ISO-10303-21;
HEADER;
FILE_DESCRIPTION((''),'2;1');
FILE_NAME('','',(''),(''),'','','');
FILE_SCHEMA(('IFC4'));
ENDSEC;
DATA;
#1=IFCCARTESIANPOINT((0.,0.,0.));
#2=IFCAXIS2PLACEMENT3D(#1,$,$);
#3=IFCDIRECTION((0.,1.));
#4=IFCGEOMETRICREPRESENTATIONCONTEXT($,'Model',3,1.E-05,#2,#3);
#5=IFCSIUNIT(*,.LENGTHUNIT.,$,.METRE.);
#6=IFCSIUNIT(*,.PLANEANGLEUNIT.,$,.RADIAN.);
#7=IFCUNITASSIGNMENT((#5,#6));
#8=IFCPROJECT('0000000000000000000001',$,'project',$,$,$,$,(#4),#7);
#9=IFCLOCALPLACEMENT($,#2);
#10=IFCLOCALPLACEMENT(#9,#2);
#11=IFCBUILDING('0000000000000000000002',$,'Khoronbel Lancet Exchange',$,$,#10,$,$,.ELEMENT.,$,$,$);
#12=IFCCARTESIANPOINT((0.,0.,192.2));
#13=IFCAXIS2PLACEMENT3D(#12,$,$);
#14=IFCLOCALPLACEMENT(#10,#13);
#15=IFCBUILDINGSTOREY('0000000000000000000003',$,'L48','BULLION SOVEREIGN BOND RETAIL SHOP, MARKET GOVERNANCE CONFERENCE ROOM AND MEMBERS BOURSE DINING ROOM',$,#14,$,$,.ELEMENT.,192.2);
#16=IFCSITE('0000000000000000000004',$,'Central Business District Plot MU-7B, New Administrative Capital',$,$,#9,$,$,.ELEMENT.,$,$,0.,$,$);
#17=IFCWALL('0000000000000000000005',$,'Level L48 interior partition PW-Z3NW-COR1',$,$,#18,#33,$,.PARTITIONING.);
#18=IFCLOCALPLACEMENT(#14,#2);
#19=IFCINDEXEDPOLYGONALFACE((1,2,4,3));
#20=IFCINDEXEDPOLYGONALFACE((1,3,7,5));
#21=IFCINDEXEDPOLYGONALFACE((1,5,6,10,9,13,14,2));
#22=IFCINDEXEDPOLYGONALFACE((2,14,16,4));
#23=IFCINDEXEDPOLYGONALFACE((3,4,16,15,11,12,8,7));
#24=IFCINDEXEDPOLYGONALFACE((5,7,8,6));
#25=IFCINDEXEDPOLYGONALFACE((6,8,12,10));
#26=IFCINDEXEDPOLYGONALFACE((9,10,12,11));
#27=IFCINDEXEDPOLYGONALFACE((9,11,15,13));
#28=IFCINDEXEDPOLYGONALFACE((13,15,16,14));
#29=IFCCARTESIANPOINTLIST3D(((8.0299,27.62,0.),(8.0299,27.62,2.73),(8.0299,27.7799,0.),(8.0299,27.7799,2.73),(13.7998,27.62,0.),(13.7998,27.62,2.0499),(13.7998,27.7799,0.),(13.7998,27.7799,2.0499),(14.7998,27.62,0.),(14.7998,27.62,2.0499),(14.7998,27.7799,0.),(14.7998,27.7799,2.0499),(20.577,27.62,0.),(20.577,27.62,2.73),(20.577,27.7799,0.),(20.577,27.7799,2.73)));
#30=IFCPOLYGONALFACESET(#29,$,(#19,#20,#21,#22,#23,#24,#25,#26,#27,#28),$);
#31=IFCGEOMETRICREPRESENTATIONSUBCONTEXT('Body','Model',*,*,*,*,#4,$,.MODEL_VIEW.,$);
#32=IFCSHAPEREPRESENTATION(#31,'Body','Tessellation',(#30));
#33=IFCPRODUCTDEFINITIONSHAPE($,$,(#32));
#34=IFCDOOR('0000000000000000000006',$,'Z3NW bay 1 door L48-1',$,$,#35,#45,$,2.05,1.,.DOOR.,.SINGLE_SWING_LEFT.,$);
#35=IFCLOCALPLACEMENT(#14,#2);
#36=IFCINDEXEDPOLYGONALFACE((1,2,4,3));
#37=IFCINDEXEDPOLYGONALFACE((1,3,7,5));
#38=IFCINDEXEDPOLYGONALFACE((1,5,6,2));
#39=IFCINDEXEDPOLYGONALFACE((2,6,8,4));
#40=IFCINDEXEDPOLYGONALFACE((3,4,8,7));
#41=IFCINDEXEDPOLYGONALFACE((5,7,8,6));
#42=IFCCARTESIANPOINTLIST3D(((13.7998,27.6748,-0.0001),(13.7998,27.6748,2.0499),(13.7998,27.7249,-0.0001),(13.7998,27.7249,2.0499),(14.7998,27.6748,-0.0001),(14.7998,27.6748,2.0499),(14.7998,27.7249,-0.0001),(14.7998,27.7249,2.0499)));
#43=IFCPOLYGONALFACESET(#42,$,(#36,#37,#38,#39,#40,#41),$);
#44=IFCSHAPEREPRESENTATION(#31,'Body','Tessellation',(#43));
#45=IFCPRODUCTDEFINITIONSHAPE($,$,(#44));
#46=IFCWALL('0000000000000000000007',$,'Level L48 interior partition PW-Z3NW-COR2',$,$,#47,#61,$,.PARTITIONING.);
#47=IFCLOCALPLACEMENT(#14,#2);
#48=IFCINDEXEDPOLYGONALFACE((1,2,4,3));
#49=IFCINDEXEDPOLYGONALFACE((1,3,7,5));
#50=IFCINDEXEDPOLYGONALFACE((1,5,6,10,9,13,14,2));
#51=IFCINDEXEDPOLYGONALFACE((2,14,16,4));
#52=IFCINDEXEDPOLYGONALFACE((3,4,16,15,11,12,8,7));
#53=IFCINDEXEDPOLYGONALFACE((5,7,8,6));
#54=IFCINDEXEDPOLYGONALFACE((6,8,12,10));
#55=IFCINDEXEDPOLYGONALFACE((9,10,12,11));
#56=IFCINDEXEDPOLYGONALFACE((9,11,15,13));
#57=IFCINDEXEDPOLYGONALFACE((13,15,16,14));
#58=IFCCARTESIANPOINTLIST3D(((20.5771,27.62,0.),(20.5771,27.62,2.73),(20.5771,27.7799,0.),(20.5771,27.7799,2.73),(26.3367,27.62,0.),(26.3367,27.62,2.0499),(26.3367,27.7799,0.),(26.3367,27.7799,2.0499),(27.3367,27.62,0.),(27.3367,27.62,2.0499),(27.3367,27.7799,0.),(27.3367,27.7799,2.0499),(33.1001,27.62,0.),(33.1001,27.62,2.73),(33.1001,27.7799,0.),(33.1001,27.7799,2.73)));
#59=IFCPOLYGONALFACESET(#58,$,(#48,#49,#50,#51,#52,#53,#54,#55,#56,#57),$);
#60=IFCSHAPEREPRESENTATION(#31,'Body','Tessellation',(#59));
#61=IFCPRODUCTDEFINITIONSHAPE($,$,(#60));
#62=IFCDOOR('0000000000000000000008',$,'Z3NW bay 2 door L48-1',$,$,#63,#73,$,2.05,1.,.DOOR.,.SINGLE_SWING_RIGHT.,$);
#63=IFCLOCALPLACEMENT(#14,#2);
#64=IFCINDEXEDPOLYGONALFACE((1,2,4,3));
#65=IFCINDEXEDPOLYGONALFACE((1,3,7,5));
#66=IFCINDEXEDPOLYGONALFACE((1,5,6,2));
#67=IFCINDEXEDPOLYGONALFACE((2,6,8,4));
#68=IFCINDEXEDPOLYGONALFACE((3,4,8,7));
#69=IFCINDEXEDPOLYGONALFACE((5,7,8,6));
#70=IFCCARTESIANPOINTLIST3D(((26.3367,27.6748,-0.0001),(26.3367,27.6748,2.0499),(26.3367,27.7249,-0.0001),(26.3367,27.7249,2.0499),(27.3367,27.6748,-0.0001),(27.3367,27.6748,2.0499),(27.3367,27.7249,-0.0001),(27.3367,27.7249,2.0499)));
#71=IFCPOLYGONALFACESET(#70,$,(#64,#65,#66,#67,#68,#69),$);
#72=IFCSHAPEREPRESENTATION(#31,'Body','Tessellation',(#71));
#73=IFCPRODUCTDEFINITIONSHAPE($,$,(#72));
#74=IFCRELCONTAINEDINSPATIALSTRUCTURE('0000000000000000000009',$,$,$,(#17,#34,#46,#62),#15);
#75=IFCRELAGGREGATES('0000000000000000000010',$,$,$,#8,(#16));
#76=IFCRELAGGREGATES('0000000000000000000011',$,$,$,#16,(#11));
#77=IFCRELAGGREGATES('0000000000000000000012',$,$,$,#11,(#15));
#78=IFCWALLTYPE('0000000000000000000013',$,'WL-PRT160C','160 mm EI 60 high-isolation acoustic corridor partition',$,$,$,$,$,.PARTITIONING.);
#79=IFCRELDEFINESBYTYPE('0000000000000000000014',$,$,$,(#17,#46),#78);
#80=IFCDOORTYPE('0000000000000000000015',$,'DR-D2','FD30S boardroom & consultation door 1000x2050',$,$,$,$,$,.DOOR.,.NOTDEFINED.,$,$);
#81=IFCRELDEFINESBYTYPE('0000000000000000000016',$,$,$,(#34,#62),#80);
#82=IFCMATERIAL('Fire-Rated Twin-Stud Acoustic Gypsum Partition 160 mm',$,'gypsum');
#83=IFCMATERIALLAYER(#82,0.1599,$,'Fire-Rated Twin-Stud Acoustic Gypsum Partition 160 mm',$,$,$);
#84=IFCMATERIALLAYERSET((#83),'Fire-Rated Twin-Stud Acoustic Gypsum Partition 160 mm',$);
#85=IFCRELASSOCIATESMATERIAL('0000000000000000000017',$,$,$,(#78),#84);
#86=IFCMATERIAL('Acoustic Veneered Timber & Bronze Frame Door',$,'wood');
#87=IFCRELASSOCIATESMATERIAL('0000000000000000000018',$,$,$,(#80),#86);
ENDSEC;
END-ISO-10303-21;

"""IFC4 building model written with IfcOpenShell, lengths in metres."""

from ifc_helpers import new_model, si_unit, direction, frame, frame_2d, origin, place, context, subcontext, project, spatial, rectangle, extrude, material, layer, layer_set, type_object, element, fill, save


model = new_model("IFC4")

# Units and contexts
model_context = context("Model", 3, precision=1e-05, world=origin(), true_north=direction((0.0, 1.0)))
body_context = subcontext(model_context, "Body", "Model", "MODEL_VIEW")
ifc_project = project(units=[si_unit("LENGTHUNIT", "METRE"), si_unit("PLANEANGLEUNIT", "RADIAN")], contexts=[model_context])

# Site, building, storey
site_placement = place(None, origin())
site = spatial("IfcSite", under=ifc_project, at=site_placement, Name="Central Business District Plot MU-7B, New Administrative Capital", CompositionType="ELEMENT", RefElevation=0.0)
building_placement = place(site_placement, origin())
building = spatial("IfcBuilding", under=site, at=building_placement, Name="Khoronbel Lancet Exchange", CompositionType="ELEMENT")
storey_placement = place(building_placement, frame((0.0, 0.0, 192.2)))
storey = spatial("IfcBuildingStorey", under=building, at=storey_placement, Name="L48", Description="BULLION SOVEREIGN BOND RETAIL SHOP, MARKET GOVERNANCE CONFERENCE ROOM AND MEMBERS BOURSE DINING ROOM", CompositionType="ELEMENT", Elevation=192.2)

# Walls, openings, doors
ifc_material_1 = material(Name="Fire-Rated Twin-Stud Acoustic Gypsum Partition 160 mm", Category="gypsum")
ifc_layer_1 = layer(ifc_material_1, 0.1599, Name="Fire-Rated Twin-Stud Acoustic Gypsum Partition 160 mm")
ifc_layer_set_1 = layer_set([ifc_layer_1], Name="Fire-Rated Twin-Stud Acoustic Gypsum Partition 160 mm")
wall_type_1 = type_object("IfcWallType", Name="WL-PRT160C", Description="160 mm EI 60 high-isolation acoustic corridor partition", PredefinedType="PARTITIONING", material=ifc_layer_set_1)
ifc_material_2 = material(Name="Acoustic Veneered Timber & Bronze Frame Door", Category="wood")
door_type_1 = type_object("IfcDoorType", Name="DR-D2", Description="FD30S boardroom & consultation door 1000x2050", OperationType="NOTDEFINED", PredefinedType="DOOR", material=ifc_material_2)
wall_1_placement = place(storey_placement, frame((8.03, 27.7, 0.0), z_axis=(0.0, 0.0, 1.0), x_axis=(1.0, 0.0, 0.0)))
wall_1 = element("IfcWall", 1, at=wall_1_placement, inside=storey, type_object=wall_type_1, Name="Level L48 interior partition PW-Z3NW-COR1", PredefinedType="PARTITIONING", context=body_context, shape_type="SweptSolid", body=[
    extrude(rectangle(XDim=12.5471, YDim=0.1599, at=frame_2d((6.2734, 0.0))), origin(), (0.0, 0.0, 1.0), 2.73),
])
opening_1_placement = place(wall_1_placement, frame((5.7698, 0.0, 0.0)))
opening_1 = element("IfcOpeningElement", 2, at=opening_1_placement, cuts=wall_1, PredefinedType="OPENING", context=body_context, shape_type="SweptSolid", body=[
    extrude(rectangle(XDim=1.0, YDim=2.05, at=frame_2d((0.5, 1.0249))), frame((0.0, 0.0898, 0.0), z_axis=(0.0, -1.0, 0.0), x_axis=(1.0, 0.0, 0.0)), (0.0, 0.0, 1.0), 0.1799),
])
door_1_placement = place(opening_1_placement, origin())
door_1 = element("IfcDoor", 3, at=door_1_placement, inside=storey, type_object=door_type_1, Name="Z3NW bay 1 door L48-1", OperationType="SINGLE_SWING_LEFT", OverallHeight=2.05, OverallWidth=1.0, PredefinedType="DOOR", context=body_context, shape_type="SweptSolid", body=[
    extrude(rectangle(XDim=1.0, YDim=2.05, at=frame_2d((0.5, 1.0249))), frame((0.0, 0.0249, 0.0), z_axis=(0.0, -1.0, 0.0), x_axis=(1.0, 0.0, 0.0)), (0.0, 0.0, 1.0), 0.05),
])
fill(opening_1, door_1)
wall_2_placement = place(storey_placement, frame((20.5771, 27.7, 0.0), z_axis=(0.0, 0.0, 1.0), x_axis=(1.0, 0.0, 0.0)))
wall_2 = element("IfcWall", 4, at=wall_2_placement, inside=storey, type_object=wall_type_1, Name="Level L48 interior partition PW-Z3NW-COR2", PredefinedType="PARTITIONING", context=body_context, shape_type="SweptSolid", body=[
    extrude(rectangle(XDim=12.5229, YDim=0.1599, at=frame_2d((6.2615, 0.0))), origin(), (0.0, 0.0, 1.0), 2.73),
])
opening_2_placement = place(wall_2_placement, frame((5.7595, 0.0, 0.0)))
opening_2 = element("IfcOpeningElement", 5, at=opening_2_placement, cuts=wall_2, PredefinedType="OPENING", context=body_context, shape_type="SweptSolid", body=[
    extrude(rectangle(XDim=1.0, YDim=2.05, at=frame_2d((0.5, 1.0249))), frame((0.0, 0.0898, 0.0), z_axis=(0.0, -1.0, 0.0), x_axis=(1.0, 0.0, 0.0)), (0.0, 0.0, 1.0), 0.1799),
])
door_2_placement = place(opening_2_placement, origin())
door_2 = element("IfcDoor", 6, at=door_2_placement, inside=storey, type_object=door_type_1, Name="Z3NW bay 2 door L48-1", OperationType="SINGLE_SWING_RIGHT", OverallHeight=2.05, OverallWidth=1.0, PredefinedType="DOOR", context=body_context, shape_type="SweptSolid", body=[
    extrude(rectangle(XDim=1.0, YDim=2.05, at=frame_2d((0.5, 1.0249))), frame((0.0, 0.0249, 0.0), z_axis=(0.0, -1.0, 0.0), x_axis=(1.0, 0.0, 0.0)), (0.0, 0.0, 1.0), 0.05),
])
fill(opening_2, door_2)

save(model, "model.ifc")
